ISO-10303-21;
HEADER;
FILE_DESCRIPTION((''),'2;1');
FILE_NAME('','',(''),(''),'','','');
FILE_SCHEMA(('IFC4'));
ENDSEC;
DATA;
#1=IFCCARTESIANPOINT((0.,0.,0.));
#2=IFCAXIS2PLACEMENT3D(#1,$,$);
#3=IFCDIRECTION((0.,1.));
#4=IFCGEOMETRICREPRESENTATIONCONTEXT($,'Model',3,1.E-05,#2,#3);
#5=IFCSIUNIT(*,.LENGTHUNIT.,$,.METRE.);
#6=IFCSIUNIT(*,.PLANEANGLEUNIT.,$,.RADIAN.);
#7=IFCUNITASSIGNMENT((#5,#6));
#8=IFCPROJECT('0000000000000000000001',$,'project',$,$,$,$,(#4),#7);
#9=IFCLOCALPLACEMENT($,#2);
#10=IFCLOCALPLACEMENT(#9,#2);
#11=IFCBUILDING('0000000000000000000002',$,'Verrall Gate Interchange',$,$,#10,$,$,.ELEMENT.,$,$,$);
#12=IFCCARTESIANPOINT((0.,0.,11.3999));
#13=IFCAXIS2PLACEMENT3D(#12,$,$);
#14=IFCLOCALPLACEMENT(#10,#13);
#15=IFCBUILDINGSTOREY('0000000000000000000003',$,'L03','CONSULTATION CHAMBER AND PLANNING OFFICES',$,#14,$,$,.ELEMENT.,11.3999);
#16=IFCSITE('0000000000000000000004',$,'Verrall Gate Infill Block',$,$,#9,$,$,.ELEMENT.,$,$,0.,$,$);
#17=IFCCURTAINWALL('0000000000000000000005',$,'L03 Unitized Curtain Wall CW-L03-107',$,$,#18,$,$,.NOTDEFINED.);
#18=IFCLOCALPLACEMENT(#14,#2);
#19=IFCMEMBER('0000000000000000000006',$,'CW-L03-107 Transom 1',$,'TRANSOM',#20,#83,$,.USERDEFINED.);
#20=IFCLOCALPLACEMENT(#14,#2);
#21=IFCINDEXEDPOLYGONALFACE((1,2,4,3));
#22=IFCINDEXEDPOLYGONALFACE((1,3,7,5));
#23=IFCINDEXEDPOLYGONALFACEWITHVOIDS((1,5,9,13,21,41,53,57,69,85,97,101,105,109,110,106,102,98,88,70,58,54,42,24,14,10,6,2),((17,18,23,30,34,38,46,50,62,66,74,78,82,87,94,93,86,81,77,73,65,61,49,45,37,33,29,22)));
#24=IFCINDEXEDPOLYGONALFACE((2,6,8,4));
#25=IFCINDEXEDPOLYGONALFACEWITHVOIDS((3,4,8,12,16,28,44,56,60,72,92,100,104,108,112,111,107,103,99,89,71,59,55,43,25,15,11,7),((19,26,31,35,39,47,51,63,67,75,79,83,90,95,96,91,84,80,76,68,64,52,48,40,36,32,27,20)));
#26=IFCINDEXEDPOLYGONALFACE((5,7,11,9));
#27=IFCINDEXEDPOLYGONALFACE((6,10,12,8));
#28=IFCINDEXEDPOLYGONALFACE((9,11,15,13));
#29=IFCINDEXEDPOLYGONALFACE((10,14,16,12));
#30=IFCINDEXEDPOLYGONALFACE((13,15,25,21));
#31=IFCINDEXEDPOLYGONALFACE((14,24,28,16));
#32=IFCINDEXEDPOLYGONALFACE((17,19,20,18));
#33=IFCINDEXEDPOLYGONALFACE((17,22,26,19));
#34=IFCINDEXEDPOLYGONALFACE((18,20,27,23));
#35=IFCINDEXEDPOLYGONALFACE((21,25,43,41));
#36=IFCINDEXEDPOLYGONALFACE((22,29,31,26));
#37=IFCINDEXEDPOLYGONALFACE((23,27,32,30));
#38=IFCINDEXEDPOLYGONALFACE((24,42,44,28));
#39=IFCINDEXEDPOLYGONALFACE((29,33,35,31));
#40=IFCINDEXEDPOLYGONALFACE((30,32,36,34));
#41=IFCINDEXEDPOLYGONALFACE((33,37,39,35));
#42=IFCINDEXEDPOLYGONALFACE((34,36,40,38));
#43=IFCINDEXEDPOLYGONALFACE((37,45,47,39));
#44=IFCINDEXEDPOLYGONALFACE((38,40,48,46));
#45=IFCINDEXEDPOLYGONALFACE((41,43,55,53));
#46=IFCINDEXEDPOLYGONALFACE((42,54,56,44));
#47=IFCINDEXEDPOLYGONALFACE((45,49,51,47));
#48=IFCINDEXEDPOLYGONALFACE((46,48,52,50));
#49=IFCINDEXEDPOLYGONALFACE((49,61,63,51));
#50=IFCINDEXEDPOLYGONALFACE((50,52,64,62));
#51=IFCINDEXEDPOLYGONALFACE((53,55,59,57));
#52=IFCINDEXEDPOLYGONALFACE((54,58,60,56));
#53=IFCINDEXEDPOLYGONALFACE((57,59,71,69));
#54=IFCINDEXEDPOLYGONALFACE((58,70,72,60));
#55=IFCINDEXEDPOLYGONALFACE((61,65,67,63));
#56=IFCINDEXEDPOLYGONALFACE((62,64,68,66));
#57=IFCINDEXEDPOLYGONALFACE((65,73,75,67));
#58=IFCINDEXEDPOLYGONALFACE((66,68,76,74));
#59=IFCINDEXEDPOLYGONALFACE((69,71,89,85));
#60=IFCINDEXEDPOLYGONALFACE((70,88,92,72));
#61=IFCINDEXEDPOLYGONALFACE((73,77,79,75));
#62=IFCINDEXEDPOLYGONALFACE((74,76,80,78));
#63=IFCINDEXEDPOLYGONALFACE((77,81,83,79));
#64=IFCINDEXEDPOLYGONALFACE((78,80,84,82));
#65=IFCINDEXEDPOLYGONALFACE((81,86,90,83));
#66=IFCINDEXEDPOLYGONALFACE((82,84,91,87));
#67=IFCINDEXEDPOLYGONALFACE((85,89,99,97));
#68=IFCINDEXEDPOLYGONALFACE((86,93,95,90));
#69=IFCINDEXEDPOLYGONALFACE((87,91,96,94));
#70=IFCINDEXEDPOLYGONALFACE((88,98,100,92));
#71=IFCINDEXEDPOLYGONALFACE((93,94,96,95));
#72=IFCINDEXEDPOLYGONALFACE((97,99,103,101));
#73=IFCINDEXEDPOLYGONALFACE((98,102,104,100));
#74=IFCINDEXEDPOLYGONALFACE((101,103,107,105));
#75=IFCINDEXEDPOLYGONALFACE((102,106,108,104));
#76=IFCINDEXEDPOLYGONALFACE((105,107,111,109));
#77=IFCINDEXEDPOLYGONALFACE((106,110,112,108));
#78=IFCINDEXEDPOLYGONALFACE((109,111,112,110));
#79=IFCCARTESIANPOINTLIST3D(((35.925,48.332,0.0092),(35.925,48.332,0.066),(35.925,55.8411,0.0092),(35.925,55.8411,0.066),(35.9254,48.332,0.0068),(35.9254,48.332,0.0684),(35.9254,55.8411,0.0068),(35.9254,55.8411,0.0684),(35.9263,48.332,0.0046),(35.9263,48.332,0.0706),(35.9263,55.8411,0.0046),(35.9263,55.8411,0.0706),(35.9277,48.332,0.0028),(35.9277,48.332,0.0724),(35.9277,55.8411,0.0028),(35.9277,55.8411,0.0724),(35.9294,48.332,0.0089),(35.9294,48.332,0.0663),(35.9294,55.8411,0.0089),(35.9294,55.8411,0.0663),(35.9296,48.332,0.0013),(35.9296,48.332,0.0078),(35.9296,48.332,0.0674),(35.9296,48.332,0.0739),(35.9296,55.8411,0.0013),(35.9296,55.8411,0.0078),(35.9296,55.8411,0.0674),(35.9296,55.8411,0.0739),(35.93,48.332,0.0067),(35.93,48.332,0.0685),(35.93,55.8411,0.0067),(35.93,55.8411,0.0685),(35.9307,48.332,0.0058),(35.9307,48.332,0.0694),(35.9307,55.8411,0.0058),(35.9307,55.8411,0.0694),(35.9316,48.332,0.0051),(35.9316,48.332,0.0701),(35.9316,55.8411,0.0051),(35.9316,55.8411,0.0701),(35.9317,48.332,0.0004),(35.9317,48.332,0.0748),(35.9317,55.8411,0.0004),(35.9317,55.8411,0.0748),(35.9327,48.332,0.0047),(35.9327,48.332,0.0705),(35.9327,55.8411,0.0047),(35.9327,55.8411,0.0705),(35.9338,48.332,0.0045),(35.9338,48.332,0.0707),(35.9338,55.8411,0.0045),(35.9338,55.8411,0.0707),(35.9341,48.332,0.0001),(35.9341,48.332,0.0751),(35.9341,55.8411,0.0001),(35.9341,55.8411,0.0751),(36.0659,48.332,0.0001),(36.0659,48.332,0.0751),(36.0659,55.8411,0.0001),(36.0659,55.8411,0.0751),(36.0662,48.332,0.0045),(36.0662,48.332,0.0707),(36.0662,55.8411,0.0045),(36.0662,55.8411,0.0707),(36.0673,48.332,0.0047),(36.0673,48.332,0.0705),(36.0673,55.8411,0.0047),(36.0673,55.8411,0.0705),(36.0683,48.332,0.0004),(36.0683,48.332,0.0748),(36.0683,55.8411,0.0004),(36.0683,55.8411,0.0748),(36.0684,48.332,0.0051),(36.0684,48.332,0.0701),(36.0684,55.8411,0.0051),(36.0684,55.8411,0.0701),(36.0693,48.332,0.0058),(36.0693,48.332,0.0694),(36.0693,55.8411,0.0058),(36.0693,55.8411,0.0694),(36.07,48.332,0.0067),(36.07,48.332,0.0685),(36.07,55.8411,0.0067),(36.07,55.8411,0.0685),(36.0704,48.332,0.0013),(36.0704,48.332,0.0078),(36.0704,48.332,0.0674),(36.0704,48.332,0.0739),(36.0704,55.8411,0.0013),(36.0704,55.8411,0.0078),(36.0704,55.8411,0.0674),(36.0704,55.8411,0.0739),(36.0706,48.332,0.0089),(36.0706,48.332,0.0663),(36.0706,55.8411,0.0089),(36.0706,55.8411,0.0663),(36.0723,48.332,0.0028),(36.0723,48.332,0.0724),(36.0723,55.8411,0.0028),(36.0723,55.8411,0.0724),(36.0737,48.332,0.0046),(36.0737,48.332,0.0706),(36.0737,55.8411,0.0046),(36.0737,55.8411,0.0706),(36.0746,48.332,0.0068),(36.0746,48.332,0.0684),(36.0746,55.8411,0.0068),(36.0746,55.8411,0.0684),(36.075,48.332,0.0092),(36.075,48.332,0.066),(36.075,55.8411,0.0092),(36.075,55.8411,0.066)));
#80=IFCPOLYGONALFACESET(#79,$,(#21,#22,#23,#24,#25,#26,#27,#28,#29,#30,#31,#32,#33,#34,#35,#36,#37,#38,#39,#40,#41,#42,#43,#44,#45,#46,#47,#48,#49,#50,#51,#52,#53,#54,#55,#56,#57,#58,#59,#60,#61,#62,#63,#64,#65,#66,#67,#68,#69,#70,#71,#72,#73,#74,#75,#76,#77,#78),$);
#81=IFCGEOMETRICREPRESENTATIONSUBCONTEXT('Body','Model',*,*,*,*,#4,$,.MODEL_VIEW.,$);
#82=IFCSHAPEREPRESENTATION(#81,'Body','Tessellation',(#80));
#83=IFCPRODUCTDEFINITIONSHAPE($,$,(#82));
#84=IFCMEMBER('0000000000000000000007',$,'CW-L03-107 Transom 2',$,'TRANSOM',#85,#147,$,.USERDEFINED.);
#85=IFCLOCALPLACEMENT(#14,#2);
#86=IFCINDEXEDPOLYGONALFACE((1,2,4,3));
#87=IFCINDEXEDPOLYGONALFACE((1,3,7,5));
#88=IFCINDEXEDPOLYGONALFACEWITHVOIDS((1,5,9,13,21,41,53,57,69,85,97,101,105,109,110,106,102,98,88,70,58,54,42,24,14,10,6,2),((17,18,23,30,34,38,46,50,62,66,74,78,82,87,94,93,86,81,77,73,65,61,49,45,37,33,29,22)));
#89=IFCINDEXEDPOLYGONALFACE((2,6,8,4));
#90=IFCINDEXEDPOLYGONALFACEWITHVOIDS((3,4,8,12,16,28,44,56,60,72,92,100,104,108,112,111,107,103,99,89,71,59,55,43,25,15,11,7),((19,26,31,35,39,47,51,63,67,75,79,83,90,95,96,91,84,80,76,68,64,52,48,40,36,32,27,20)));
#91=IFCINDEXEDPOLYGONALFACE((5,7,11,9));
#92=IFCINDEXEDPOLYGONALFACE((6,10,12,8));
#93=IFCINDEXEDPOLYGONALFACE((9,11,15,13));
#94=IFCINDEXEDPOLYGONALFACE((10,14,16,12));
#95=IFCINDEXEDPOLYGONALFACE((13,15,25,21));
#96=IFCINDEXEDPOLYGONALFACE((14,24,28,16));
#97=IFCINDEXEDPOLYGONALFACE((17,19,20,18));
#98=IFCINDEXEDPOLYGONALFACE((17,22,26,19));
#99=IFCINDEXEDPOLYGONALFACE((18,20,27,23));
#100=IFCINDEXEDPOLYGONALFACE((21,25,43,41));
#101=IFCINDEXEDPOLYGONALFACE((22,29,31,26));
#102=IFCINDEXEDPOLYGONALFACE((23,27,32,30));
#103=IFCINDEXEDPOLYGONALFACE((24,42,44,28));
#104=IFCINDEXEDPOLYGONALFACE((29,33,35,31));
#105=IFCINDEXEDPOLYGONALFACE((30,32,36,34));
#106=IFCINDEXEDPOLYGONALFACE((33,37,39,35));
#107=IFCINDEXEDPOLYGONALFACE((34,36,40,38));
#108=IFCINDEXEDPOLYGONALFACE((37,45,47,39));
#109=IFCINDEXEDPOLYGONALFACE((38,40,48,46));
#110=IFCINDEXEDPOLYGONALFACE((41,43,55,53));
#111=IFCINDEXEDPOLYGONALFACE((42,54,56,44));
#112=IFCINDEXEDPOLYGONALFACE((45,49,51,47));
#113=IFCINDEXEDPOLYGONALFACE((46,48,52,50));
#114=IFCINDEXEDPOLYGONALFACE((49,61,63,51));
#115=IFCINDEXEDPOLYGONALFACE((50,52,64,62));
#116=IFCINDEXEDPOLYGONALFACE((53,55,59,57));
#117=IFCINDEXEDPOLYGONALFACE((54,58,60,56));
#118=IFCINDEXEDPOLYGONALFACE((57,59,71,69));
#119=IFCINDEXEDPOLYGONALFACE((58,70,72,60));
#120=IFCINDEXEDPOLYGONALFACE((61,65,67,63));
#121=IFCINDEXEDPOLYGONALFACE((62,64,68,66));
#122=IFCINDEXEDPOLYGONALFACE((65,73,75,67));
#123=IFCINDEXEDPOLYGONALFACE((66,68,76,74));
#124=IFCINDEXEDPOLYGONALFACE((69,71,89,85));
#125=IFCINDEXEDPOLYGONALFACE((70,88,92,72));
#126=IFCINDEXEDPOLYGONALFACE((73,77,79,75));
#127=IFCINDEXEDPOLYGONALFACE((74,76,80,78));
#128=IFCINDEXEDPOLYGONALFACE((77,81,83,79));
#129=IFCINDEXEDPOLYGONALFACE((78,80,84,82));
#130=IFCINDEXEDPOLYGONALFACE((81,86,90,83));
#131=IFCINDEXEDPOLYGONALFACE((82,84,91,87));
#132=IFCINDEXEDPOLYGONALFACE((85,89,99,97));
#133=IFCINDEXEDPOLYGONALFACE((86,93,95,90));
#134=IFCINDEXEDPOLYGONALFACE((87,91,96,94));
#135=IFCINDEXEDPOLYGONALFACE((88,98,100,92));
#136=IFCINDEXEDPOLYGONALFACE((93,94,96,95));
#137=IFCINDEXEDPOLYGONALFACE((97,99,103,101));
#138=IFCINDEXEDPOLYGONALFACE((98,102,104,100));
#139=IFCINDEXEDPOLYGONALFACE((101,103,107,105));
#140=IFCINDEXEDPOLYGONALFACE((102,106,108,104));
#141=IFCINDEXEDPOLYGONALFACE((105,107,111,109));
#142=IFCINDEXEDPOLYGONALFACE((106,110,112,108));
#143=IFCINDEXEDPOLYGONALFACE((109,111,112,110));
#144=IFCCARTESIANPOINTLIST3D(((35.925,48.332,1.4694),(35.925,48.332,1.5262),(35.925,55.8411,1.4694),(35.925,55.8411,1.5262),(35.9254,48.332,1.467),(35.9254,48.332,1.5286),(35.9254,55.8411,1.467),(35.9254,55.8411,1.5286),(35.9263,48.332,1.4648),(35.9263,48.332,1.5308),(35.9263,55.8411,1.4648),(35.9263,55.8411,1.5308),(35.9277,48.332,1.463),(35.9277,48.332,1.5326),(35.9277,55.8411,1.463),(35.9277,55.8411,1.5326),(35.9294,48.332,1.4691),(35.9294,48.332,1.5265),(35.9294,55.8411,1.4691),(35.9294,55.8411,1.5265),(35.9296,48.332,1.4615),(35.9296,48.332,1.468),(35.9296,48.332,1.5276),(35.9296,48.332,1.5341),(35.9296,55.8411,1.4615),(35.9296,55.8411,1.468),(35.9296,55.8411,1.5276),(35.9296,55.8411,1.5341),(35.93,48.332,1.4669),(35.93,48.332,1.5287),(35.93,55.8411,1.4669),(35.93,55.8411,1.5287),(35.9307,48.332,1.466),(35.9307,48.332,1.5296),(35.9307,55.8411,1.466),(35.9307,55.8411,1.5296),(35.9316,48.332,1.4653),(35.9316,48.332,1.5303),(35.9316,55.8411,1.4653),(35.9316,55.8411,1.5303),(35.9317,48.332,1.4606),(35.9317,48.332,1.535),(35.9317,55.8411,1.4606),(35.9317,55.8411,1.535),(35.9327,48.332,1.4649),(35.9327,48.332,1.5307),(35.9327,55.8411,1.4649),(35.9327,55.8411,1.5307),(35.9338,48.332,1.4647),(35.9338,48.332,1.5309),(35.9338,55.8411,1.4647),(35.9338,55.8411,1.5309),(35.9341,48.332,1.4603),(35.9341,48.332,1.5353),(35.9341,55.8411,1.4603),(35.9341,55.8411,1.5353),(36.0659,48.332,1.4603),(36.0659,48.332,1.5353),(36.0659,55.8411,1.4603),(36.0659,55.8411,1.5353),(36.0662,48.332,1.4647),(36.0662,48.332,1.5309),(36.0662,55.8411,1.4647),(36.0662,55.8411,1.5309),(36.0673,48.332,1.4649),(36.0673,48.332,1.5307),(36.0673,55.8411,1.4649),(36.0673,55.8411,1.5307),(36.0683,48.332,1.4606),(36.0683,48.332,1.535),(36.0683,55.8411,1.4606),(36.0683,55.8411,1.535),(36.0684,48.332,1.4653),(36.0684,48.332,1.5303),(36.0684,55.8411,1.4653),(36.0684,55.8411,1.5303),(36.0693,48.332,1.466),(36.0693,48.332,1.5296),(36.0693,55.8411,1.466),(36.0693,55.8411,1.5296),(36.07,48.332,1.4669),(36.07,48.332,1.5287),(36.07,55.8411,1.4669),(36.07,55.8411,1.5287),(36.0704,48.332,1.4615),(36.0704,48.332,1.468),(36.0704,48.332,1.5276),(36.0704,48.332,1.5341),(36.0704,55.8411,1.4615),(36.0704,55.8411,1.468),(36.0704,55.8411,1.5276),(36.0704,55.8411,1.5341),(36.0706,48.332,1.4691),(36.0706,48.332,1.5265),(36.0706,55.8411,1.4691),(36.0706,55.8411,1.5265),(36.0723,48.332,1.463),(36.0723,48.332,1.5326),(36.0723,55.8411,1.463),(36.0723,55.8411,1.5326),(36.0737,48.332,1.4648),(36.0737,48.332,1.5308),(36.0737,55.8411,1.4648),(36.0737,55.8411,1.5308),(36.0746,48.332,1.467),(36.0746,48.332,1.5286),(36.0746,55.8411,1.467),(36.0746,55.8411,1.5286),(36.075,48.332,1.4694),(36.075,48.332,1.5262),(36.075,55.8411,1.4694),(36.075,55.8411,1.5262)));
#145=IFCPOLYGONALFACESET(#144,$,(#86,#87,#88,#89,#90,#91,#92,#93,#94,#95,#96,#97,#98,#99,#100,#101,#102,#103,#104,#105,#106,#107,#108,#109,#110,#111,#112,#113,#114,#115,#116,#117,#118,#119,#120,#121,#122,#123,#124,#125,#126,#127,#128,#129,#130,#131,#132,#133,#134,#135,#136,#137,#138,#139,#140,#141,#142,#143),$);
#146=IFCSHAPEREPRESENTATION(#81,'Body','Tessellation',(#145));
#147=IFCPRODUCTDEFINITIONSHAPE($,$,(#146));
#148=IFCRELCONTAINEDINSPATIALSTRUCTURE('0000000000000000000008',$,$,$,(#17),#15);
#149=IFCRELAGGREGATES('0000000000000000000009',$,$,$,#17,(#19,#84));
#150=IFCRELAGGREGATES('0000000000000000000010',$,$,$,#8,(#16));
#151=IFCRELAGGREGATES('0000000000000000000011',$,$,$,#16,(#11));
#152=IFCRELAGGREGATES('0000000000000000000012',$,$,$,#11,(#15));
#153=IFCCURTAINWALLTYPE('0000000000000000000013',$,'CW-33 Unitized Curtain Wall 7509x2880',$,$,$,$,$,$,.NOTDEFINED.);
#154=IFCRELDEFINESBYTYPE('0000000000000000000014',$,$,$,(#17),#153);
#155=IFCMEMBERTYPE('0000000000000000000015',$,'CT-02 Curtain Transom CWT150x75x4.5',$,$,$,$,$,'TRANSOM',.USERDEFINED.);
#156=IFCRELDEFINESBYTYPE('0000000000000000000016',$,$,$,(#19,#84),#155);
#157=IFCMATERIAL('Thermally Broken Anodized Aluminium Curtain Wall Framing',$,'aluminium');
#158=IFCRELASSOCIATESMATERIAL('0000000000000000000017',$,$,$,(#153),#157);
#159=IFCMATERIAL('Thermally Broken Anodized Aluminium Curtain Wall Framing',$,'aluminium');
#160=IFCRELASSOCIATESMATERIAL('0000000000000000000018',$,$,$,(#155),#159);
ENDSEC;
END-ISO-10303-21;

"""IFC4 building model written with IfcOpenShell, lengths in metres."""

from ifc_helpers import new_model, si_unit, direction, frame, origin, origin_2d, place, context, subcontext, project, spatial, hollow_rectangle, extrude, material, material_profile, profile_set, type_object, element, aggregate, save


model = new_model("IFC4")

# Units and contexts
model_context = context("Model", 3, precision=1e-05, world=origin(), true_north=direction((0.0, 1.0)))
body_context = subcontext(model_context, "Body", "Model", "MODEL_VIEW")
ifc_project = project(units=[si_unit("LENGTHUNIT", "METRE"), si_unit("PLANEANGLEUNIT", "RADIAN")], contexts=[model_context])

# Site, building, storey
site_placement = place(None, origin())
site = spatial("IfcSite", under=ifc_project, at=site_placement, Name="Verrall Gate Infill Block", CompositionType="ELEMENT", RefElevation=0.0)
building_placement = place(site_placement, origin())
building = spatial("IfcBuilding", under=site, at=building_placement, Name="Verrall Gate Interchange", CompositionType="ELEMENT")
storey_placement = place(building_placement, frame((0.0, 0.0, 11.3999)))
storey = spatial("IfcBuildingStorey", under=building, at=storey_placement, Name="L03", Description="CONSULTATION CHAMBER AND PLANNING OFFICES", CompositionType="ELEMENT", Elevation=11.3999)

# Curtain wall, members
ifc_material_1 = material(Name="Thermally Broken Anodized Aluminium Curtain Wall Framing", Category="aluminium")
curtain_wall_type = type_object("IfcCurtainWallType", Name="CW-33 Unitized Curtain Wall 7509x2880", PredefinedType="NOTDEFINED", material=ifc_material_1)
curtain_wall_placement = place(storey_placement, origin())
curtain_wall = element("IfcCurtainWall", 1, at=curtain_wall_placement, inside=storey, type_object=curtain_wall_type, Name="L03 Unitized Curtain Wall CW-L03-107", PredefinedType="NOTDEFINED")
ifc_material_2 = material(Name="Thermally Broken Anodized Aluminium Curtain Wall Framing", Category="aluminium")
ifc_material_profile_1 = material_profile(ifc_material_2, hollow_rectangle(XDim=0.1499, YDim=0.075, WallThickness=0.0044, InnerFilletRadius=0.0044, OuterFilletRadius=0.009, at=origin_2d()), Name="CWT150x75x4.5")
ifc_profile_set_1 = profile_set([ifc_material_profile_1], Name="Thermally Broken Anodized Aluminium Curtain Wall Framing")
member_type_1 = type_object("IfcMemberType", Name="CT-02 Curtain Transom CWT150x75x4.5", ElementType="TRANSOM", PredefinedType="USERDEFINED", material=ifc_profile_set_1)
member_1_placement = place(storey_placement, frame((36.0, 48.332, 0.0376), z_axis=(0.0, 1.0, 0.0), x_axis=(-1.0, 0.0, 0.0)))
member_1 = element("IfcMember", 2, at=member_1_placement, type_object=member_type_1, Name="CW-L03-107 Transom 1", ObjectType="TRANSOM", PredefinedType="USERDEFINED", context=body_context, shape_type="SweptSolid", body=[
    extrude(hollow_rectangle(XDim=0.1499, YDim=0.075, WallThickness=0.0044, InnerFilletRadius=0.0044, OuterFilletRadius=0.009, at=origin_2d()), origin(), (0.0, 0.0, 1.0), 7.509),
])
member_2_placement = place(storey_placement, frame((36.0, 48.332, 1.4978), z_axis=(0.0, 1.0, 0.0), x_axis=(-1.0, 0.0, 0.0)))
member_2 = element("IfcMember", 3, at=member_2_placement, type_object=member_type_1, Name="CW-L03-107 Transom 2", ObjectType="TRANSOM", PredefinedType="USERDEFINED", context=body_context, shape_type="SweptSolid", body=[
    extrude(hollow_rectangle(XDim=0.1499, YDim=0.075, WallThickness=0.0044, InnerFilletRadius=0.0044, OuterFilletRadius=0.009, at=origin_2d()), origin(), (0.0, 0.0, 1.0), 7.509),
])

aggregate(curtain_wall, [member_1, member_2])

save(model, "model.ifc")
